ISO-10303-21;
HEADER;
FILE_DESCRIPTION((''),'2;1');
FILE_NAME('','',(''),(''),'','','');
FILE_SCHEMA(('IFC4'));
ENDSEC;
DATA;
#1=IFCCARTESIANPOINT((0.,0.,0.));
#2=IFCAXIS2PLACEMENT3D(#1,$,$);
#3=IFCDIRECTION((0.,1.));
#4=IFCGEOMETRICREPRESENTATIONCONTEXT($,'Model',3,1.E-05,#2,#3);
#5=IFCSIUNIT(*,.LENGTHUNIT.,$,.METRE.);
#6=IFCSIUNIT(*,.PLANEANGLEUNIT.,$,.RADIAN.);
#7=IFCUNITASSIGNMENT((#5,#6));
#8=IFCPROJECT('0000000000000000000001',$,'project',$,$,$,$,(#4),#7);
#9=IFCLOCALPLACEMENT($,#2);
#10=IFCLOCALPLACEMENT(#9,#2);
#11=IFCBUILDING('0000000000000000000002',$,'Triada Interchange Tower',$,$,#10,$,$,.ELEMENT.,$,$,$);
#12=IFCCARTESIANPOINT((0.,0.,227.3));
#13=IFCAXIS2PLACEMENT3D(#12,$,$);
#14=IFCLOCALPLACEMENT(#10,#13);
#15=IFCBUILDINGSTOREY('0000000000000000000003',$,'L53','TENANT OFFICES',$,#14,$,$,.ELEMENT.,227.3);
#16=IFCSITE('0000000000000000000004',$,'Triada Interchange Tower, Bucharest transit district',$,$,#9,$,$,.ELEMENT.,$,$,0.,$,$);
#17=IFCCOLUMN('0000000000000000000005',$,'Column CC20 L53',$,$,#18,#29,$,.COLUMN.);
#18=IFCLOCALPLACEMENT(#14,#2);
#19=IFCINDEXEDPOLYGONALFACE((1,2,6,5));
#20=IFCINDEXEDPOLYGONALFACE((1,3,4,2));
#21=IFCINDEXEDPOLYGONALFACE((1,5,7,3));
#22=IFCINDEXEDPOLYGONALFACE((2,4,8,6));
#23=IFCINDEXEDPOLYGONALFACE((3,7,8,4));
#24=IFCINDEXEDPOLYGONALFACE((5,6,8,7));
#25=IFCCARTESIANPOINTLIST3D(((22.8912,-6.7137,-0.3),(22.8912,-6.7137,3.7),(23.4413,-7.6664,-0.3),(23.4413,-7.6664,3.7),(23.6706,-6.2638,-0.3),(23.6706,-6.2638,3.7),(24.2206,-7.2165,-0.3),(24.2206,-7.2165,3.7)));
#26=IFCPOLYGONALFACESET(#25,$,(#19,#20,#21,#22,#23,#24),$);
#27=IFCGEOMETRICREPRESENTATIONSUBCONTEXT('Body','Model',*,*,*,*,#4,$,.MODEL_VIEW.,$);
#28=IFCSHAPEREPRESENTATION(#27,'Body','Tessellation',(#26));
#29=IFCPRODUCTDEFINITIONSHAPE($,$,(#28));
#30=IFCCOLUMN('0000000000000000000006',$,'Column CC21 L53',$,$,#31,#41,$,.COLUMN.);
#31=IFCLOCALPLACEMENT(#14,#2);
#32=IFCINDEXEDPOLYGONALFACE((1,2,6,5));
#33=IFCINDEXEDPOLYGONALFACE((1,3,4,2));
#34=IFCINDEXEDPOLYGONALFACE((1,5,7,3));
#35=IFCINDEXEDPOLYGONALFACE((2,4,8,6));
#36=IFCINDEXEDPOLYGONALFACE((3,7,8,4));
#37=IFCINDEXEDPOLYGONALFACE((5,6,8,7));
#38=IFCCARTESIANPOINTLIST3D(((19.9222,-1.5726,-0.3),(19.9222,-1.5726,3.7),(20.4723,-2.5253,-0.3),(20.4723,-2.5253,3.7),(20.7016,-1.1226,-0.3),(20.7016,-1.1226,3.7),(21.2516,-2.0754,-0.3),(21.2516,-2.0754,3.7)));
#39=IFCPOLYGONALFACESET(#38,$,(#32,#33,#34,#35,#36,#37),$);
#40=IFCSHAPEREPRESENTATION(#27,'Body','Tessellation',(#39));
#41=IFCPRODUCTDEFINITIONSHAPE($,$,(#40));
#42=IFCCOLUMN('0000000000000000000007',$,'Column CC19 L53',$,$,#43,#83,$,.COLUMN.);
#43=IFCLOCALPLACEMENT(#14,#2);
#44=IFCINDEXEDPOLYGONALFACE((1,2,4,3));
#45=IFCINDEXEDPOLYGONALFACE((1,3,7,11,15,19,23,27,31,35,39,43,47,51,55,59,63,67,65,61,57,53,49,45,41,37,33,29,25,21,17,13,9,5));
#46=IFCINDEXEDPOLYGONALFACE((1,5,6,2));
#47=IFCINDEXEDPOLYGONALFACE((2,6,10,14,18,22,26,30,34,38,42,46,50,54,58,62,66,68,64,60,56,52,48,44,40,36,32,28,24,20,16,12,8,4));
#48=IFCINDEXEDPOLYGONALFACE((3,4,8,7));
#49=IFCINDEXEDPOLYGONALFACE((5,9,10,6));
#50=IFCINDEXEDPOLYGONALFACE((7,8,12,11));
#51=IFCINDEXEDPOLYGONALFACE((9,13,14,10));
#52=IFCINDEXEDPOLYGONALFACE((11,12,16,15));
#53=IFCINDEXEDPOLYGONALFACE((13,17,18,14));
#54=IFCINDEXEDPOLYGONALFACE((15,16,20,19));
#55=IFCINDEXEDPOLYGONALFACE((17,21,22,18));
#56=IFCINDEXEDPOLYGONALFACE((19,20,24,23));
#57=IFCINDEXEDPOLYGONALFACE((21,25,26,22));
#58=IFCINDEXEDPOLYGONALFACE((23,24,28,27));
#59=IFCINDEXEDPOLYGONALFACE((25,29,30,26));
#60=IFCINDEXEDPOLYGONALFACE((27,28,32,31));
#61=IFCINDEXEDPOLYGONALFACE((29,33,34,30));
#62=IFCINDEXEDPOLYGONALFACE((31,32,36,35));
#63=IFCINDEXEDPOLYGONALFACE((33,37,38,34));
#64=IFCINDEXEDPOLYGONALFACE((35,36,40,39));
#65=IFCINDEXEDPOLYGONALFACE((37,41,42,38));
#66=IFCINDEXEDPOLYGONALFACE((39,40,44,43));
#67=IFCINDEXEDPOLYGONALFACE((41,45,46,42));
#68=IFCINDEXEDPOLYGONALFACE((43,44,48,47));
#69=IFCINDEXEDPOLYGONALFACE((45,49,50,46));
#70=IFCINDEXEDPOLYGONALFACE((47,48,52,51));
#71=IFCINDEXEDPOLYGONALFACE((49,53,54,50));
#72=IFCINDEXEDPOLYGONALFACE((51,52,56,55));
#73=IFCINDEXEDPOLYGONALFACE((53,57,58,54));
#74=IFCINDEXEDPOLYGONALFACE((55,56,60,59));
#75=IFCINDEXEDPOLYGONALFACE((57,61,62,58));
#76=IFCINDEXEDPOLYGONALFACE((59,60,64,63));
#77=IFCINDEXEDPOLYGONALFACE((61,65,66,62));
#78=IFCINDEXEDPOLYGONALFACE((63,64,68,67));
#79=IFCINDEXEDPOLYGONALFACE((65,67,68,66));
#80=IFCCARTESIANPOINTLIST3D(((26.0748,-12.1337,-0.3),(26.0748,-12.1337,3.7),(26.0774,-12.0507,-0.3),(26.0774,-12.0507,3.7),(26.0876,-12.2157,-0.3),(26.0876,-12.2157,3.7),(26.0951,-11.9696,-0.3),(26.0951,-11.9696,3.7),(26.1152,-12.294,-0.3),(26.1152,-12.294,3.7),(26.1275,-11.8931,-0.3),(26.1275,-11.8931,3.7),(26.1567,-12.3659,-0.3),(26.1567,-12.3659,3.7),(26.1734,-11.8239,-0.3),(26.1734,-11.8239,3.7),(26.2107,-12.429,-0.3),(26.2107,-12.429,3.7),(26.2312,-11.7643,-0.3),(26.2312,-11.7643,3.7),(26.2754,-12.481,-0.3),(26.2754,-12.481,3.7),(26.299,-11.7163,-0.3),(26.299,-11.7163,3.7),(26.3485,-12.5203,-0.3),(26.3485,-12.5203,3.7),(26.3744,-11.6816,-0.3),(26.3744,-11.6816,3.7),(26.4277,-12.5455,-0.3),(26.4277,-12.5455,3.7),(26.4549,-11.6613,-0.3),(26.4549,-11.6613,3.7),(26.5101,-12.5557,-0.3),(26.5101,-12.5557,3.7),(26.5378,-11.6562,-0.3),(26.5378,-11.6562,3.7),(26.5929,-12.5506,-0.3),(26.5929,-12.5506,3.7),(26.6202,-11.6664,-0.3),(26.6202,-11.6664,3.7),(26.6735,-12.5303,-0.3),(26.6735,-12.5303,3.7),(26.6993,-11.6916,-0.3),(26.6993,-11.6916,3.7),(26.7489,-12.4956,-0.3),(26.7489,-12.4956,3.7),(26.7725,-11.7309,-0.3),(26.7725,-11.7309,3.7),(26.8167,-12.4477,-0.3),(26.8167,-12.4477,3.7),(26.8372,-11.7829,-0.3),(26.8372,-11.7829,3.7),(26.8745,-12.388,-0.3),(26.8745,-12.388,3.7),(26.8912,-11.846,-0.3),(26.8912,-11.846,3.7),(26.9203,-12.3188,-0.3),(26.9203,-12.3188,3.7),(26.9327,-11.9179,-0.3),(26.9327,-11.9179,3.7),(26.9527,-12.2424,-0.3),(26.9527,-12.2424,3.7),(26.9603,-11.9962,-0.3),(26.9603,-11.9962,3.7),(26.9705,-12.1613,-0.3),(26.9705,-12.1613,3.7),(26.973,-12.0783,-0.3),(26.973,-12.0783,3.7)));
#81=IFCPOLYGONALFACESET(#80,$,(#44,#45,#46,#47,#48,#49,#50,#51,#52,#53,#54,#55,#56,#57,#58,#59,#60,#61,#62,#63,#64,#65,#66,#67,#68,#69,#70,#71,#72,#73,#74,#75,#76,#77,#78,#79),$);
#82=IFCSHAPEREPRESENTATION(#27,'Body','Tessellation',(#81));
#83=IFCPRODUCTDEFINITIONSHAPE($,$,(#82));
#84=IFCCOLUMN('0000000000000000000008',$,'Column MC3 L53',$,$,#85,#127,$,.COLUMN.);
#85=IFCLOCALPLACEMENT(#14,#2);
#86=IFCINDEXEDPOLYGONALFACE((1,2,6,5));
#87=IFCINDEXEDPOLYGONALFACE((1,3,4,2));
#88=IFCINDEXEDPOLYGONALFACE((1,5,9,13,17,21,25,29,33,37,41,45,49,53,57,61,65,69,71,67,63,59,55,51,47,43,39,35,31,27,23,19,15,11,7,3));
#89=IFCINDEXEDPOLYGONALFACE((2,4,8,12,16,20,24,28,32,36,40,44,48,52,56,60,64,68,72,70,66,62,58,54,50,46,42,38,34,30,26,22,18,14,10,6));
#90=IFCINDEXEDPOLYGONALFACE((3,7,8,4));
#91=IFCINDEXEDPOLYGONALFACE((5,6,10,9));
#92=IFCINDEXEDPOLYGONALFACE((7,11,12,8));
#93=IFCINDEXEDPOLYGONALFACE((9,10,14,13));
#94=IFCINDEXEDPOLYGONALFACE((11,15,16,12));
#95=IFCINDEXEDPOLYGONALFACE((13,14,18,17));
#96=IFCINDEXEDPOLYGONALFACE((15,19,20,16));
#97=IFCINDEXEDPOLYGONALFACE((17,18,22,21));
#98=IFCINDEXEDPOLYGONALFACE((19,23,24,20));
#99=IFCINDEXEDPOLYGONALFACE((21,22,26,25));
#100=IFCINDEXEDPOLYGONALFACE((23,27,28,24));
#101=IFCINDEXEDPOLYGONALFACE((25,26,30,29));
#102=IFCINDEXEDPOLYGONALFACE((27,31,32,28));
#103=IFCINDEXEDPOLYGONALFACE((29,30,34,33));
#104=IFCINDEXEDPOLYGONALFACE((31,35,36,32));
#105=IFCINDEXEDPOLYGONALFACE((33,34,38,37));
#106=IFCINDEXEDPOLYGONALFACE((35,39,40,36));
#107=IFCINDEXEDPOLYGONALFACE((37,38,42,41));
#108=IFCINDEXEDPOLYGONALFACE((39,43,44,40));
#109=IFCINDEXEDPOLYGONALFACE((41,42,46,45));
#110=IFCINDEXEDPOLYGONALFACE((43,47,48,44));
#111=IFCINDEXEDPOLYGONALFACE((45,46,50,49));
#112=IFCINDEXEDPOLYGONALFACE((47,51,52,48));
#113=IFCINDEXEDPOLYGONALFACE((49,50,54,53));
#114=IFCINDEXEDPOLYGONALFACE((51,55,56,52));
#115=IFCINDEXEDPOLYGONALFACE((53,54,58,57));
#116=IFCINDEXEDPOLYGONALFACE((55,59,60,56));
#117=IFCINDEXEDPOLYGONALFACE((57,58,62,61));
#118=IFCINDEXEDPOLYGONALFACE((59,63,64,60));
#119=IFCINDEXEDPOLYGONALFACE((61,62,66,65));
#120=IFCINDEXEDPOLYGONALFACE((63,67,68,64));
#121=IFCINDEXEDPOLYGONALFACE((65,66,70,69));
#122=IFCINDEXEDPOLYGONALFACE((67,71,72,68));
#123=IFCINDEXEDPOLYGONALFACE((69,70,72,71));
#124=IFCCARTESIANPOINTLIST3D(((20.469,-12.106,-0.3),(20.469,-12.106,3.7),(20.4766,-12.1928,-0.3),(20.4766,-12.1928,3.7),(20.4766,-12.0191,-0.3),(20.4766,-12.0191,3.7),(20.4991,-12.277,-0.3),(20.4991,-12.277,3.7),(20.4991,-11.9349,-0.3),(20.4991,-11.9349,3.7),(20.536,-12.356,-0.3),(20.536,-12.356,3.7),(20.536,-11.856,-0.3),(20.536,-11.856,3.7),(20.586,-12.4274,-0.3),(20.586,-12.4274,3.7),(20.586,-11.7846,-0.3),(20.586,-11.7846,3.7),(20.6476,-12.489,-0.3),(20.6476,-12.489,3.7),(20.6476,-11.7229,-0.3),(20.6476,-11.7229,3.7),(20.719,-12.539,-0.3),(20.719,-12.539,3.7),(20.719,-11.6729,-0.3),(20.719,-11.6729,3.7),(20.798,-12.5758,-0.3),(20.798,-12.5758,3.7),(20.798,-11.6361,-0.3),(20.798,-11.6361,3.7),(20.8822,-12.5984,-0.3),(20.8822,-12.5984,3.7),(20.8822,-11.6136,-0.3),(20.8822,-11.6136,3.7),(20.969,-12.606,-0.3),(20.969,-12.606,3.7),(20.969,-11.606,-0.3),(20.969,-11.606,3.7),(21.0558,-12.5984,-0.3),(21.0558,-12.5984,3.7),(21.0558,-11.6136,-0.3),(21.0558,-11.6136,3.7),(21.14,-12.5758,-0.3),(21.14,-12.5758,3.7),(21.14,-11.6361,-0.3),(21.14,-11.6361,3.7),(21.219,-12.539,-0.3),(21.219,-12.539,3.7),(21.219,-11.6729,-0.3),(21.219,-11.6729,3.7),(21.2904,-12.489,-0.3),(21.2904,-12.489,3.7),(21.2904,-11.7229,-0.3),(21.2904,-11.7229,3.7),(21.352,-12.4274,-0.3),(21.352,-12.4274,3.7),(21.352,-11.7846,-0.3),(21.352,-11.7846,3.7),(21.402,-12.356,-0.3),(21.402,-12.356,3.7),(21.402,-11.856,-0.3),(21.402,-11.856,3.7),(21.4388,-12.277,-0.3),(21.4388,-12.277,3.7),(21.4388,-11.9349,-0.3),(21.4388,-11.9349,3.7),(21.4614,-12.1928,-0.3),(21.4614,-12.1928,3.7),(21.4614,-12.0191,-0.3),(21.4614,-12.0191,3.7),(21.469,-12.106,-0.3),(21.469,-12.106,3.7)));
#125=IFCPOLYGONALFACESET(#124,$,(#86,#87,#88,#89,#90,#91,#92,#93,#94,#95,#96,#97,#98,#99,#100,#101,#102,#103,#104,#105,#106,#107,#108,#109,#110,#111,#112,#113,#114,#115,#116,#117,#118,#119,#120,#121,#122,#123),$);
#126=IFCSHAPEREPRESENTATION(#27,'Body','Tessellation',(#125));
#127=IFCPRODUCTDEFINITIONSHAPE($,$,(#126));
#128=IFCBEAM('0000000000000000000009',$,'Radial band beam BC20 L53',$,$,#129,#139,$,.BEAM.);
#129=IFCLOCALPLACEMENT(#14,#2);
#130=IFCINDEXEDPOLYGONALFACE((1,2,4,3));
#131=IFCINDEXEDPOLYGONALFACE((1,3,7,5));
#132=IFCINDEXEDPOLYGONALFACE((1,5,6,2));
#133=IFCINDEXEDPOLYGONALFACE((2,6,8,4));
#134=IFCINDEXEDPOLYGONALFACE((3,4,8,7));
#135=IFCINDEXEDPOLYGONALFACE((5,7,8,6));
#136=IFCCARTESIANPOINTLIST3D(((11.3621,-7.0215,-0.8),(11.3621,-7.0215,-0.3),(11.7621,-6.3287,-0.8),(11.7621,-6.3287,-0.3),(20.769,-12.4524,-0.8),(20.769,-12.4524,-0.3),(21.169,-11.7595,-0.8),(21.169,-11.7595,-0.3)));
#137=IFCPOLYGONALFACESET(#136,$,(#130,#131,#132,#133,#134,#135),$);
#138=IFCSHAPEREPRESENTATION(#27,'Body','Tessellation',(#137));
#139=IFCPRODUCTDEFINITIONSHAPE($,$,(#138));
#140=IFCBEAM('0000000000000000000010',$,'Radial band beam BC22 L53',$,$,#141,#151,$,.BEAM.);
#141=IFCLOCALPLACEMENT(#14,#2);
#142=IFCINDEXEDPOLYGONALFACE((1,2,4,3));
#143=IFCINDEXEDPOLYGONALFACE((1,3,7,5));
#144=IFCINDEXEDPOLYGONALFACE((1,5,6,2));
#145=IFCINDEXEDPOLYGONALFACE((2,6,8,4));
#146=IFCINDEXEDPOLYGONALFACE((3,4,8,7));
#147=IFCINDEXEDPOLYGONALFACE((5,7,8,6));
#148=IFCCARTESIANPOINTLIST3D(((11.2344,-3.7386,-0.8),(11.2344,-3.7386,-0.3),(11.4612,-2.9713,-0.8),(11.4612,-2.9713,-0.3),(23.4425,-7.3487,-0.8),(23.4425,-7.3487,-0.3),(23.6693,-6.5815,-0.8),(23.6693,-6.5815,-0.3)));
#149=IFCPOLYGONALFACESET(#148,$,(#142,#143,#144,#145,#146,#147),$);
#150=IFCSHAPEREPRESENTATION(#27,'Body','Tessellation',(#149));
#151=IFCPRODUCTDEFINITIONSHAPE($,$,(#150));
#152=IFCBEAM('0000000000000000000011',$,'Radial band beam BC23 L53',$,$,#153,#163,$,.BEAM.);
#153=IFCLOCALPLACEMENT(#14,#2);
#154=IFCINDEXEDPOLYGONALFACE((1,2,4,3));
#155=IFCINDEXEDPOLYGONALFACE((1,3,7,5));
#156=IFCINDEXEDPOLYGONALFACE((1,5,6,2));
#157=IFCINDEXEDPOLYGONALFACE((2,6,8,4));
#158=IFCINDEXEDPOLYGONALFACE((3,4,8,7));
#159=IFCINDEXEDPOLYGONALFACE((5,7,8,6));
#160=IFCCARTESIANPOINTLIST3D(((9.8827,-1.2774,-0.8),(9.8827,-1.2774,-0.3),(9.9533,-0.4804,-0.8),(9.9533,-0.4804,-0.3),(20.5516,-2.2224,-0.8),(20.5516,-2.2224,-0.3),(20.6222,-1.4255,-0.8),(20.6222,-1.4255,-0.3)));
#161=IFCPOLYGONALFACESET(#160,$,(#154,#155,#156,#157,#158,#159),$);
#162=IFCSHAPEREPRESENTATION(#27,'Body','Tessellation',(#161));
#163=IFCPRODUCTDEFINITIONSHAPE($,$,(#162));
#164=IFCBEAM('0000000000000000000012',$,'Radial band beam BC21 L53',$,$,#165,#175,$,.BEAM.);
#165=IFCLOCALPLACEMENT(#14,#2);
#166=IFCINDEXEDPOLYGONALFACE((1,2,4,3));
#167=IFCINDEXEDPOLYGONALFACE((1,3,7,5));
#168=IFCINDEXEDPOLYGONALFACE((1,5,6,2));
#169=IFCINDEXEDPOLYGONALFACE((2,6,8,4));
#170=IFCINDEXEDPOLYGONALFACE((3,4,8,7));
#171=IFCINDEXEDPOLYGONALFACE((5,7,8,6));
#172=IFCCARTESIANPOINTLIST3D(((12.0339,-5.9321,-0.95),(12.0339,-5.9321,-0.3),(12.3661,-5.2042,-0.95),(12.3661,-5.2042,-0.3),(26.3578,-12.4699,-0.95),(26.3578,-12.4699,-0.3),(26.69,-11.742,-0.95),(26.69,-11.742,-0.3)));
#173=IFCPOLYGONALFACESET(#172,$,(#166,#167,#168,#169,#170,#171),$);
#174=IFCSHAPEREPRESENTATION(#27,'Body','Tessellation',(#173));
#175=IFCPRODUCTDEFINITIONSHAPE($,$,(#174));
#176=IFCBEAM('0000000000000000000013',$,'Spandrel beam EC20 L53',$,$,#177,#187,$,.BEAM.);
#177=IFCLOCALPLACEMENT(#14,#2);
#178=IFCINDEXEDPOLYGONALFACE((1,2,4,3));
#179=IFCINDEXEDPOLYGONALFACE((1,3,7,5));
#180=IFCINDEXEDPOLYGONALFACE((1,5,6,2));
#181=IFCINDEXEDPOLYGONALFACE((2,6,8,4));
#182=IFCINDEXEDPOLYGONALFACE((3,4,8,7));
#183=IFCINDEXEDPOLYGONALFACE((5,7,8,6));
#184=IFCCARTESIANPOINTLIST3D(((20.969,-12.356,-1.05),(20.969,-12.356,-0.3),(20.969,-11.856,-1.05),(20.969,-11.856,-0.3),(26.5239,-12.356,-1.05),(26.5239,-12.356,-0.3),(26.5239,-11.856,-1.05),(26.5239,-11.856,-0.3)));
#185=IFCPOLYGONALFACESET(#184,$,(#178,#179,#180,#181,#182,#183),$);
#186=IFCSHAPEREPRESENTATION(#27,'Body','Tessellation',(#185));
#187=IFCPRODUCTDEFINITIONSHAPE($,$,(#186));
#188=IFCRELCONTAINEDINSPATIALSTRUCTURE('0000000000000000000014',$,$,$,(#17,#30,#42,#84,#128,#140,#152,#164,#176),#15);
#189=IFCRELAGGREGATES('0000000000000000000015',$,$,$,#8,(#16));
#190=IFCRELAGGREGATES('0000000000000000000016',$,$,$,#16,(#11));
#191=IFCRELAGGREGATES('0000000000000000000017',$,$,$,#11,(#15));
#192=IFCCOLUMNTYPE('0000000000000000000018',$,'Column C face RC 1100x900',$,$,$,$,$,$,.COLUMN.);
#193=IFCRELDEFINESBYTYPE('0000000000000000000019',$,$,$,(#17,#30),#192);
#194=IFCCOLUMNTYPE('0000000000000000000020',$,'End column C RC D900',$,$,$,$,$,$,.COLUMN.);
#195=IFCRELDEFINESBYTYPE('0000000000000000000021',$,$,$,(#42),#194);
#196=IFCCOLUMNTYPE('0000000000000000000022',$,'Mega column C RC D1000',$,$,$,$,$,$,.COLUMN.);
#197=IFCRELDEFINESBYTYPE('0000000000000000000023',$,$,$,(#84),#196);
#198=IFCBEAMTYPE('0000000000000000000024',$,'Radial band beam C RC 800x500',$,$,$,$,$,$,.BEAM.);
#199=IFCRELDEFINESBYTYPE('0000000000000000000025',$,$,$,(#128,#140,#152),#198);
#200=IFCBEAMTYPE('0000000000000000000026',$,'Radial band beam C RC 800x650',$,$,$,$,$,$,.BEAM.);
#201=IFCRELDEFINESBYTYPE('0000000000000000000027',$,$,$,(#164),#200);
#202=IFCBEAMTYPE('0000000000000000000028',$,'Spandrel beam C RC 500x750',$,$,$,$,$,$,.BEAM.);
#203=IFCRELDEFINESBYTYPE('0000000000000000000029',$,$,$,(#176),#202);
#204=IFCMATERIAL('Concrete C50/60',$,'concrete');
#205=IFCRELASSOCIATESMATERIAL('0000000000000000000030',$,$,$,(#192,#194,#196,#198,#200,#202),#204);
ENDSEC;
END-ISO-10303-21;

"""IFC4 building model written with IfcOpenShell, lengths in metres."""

from ifc_helpers import new_model, si_unit, direction, frame, origin, origin_2d, place, context, subcontext, project, spatial, rectangle, circle, extrude, material, material_profile, profile_set, type_object, element, save


model = new_model("IFC4")

# Units and contexts
model_context = context("Model", 3, precision=1e-05, world=origin(), true_north=direction((0.0, 1.0)))
body_context = subcontext(model_context, "Body", "Model", "MODEL_VIEW")
ifc_project = project(units=[si_unit("LENGTHUNIT", "METRE"), si_unit("PLANEANGLEUNIT", "RADIAN")], contexts=[model_context])

# Site, building, storey
site_placement = place(None, origin())
site = spatial("IfcSite", under=ifc_project, at=site_placement, Name="Triada Interchange Tower, Bucharest transit district", CompositionType="ELEMENT", RefElevation=0.0)
building_placement = place(site_placement, origin())
building = spatial("IfcBuilding", under=site, at=building_placement, Name="Triada Interchange Tower", CompositionType="ELEMENT")
storey_placement = place(building_placement, frame((0.0, 0.0, 227.3)))
storey = spatial("IfcBuildingStorey", under=building, at=storey_placement, Name="L53", Description="TENANT OFFICES", CompositionType="ELEMENT", Elevation=227.3)

# Columns
ifc_material_1 = material(Name="Concrete C50/60", Category="concrete")
ifc_material_profile_1 = material_profile(ifc_material_1, rectangle(XDim=1.1001, YDim=0.8999, at=origin_2d()), Name="RC 1100x900")
ifc_profile_set_1 = profile_set([ifc_material_profile_1], Name="Concrete C50/60")
column_type_1 = type_object("IfcColumnType", Name="Column C face RC 1100x900", PredefinedType="COLUMN", material=ifc_profile_set_1)
for number, where, z_axis, x_axis, name in (
    (1, (23.5559, -6.9651, -0.3), (0.0, 0.0, 1.0), (-0.5, 0.866025, 0.0), "Column CC20 L53"),
    (2, (20.5869, -1.824, -0.3), (0.0, 0.0, 1.0), (-0.5, 0.866025, 0.0), "Column CC21 L53"),
):
    element("IfcColumn", number, at=place(storey_placement, frame(where, z_axis=z_axis, x_axis=x_axis)), inside=storey, type_object=column_type_1, Name=name, PredefinedType="COLUMN", context=body_context, shape_type="SweptSolid", body=[
        extrude(rectangle(XDim=1.1001, YDim=0.8999, at=origin_2d()), origin(), (0.0, 0.0, 1.0), 4.0),
    ])
ifc_material_profile_2 = material_profile(ifc_material_1, circle(Radius=0.45, at=origin_2d()), Name="RC D900")
ifc_profile_set_2 = profile_set([ifc_material_profile_2], Name="Concrete C50/60")
column_type_2 = type_object("IfcColumnType", Name="End column C RC D900", PredefinedType="COLUMN", material=ifc_profile_set_2)
column_1_placement = place(storey_placement, frame((26.5239, -12.106, -0.3), z_axis=(0.0, 0.0, 1.0), x_axis=(-0.5, 0.866025, 0.0)))
element("IfcColumn", 3, at=column_1_placement, inside=storey, type_object=column_type_2, Name="Column CC19 L53", PredefinedType="COLUMN", context=body_context, shape_type="SweptSolid", body=[
    extrude(circle(Radius=0.45, at=origin_2d()), origin(), (0.0, 0.0, 1.0), 4.0),
])
ifc_material_profile_3 = material_profile(ifc_material_1, circle(Radius=0.5, at=origin_2d()), Name="RC D1000")
ifc_profile_set_3 = profile_set([ifc_material_profile_3], Name="Concrete C50/60")
column_type_3 = type_object("IfcColumnType", Name="Mega column C RC D1000", PredefinedType="COLUMN", material=ifc_profile_set_3)
column_2_placement = place(storey_placement, frame((20.969, -12.106, -0.3), z_axis=(0.0, 0.0, 1.0), x_axis=(1.0, 0.0, 0.0)))
element("IfcColumn", 4, at=column_2_placement, inside=storey, type_object=column_type_3, Name="Column MC3 L53", PredefinedType="COLUMN", context=body_context, shape_type="SweptSolid", body=[
    extrude(circle(Radius=0.5, at=origin_2d()), origin(), (0.0, 0.0, 1.0), 4.0),
])

# Beams
ifc_material_profile_4 = material_profile(ifc_material_1, rectangle(XDim=0.8, YDim=0.5, at=origin_2d()), Name="RC 800x500")
ifc_profile_set_4 = profile_set([ifc_material_profile_4], Name="Concrete C50/60")
beam_type_1 = type_object("IfcBeamType", Name="Radial band beam C RC 800x500", PredefinedType="BEAM", material=ifc_profile_set_4)
beam_1_placement = place(storey_placement, frame((20.969, -12.106, -0.55), z_axis=(-0.866034, 0.499985, 0.0), x_axis=(-0.499985, -0.866034, 0.0)))
element("IfcBeam", 5, at=beam_1_placement, inside=storey, type_object=beam_type_1, Name="Radial band beam BC20 L53", PredefinedType="BEAM", context=body_context, shape_type="SweptSolid", body=[
    extrude(rectangle(XDim=0.8, YDim=0.5, at=origin_2d()), origin(), (0.0, 0.0, 1.0), 10.8621),
])
beam_2_placement = place(storey_placement, frame((23.5559, -6.9651, -0.55), z_axis=(-0.958949, 0.283577, 0.0), x_axis=(-0.283577, -0.958949, 0.0)))
element("IfcBeam", 6, at=beam_2_placement, inside=storey, type_object=beam_type_1, Name="Radial band beam BC22 L53", PredefinedType="BEAM", context=body_context, shape_type="SweptSolid", body=[
    extrude(rectangle(XDim=0.8, YDim=0.5, at=origin_2d()), origin(), (0.0, 0.0, 1.0), 12.7307),
])
beam_3_placement = place(storey_placement, frame((20.5869, -1.824, -0.55), z_axis=(-0.9961, 0.088236, 0.0), x_axis=(-0.088236, -0.9961, 0.0)))
element("IfcBeam", 7, at=beam_3_placement, inside=storey, type_object=beam_type_1, Name="Radial band beam BC23 L53", PredefinedType="BEAM", context=body_context, shape_type="SweptSolid", body=[
    extrude(rectangle(XDim=0.8, YDim=0.5, at=origin_2d()), origin(), (0.0, 0.0, 1.0), 10.7107),
])
ifc_material_profile_5 = material_profile(ifc_material_1, rectangle(XDim=0.8, YDim=0.6499, at=origin_2d()), Name="RC 800x650")
ifc_profile_set_5 = profile_set([ifc_material_profile_5], Name="Concrete C50/60")
beam_type_2 = type_object("IfcBeamType", Name="Radial band beam C RC 800x650", PredefinedType="BEAM", material=ifc_profile_set_5)
beam_4_placement = place(storey_placement, frame((26.5239, -12.106, -0.625), z_axis=(-0.909721, 0.415221, 0.0), x_axis=(-0.415221, -0.909721, 0.0)))
element("IfcBeam", 8, at=beam_4_placement, inside=storey, type_object=beam_type_2, Name="Radial band beam BC21 L53", PredefinedType="BEAM", context=body_context, shape_type="SweptSolid", body=[
    extrude(rectangle(XDim=0.8, YDim=0.6499, at=origin_2d()), origin(), (0.0, 0.0, 1.0), 15.7454),
])
ifc_material_profile_6 = material_profile(ifc_material_1, rectangle(XDim=0.5, YDim=0.75, at=origin_2d()), Name="RC 500x750")
ifc_profile_set_6 = profile_set([ifc_material_profile_6], Name="Concrete C50/60")
beam_type_3 = type_object("IfcBeamType", Name="Spandrel beam C RC 500x750", PredefinedType="BEAM", material=ifc_profile_set_6)
beam_5_placement = place(storey_placement, frame((20.969, -12.106, -0.675), z_axis=(1.0, 0.0, 0.0), x_axis=(0.0, 1.0, 0.0)))
element("IfcBeam", 9, at=beam_5_placement, inside=storey, type_object=beam_type_3, Name="Spandrel beam EC20 L53", PredefinedType="BEAM", context=body_context, shape_type="SweptSolid", body=[
    extrude(rectangle(XDim=0.5, YDim=0.75, at=origin_2d()), origin(), (0.0, 0.0, 1.0), 5.5549),
])

save(model, "model.ifc")
